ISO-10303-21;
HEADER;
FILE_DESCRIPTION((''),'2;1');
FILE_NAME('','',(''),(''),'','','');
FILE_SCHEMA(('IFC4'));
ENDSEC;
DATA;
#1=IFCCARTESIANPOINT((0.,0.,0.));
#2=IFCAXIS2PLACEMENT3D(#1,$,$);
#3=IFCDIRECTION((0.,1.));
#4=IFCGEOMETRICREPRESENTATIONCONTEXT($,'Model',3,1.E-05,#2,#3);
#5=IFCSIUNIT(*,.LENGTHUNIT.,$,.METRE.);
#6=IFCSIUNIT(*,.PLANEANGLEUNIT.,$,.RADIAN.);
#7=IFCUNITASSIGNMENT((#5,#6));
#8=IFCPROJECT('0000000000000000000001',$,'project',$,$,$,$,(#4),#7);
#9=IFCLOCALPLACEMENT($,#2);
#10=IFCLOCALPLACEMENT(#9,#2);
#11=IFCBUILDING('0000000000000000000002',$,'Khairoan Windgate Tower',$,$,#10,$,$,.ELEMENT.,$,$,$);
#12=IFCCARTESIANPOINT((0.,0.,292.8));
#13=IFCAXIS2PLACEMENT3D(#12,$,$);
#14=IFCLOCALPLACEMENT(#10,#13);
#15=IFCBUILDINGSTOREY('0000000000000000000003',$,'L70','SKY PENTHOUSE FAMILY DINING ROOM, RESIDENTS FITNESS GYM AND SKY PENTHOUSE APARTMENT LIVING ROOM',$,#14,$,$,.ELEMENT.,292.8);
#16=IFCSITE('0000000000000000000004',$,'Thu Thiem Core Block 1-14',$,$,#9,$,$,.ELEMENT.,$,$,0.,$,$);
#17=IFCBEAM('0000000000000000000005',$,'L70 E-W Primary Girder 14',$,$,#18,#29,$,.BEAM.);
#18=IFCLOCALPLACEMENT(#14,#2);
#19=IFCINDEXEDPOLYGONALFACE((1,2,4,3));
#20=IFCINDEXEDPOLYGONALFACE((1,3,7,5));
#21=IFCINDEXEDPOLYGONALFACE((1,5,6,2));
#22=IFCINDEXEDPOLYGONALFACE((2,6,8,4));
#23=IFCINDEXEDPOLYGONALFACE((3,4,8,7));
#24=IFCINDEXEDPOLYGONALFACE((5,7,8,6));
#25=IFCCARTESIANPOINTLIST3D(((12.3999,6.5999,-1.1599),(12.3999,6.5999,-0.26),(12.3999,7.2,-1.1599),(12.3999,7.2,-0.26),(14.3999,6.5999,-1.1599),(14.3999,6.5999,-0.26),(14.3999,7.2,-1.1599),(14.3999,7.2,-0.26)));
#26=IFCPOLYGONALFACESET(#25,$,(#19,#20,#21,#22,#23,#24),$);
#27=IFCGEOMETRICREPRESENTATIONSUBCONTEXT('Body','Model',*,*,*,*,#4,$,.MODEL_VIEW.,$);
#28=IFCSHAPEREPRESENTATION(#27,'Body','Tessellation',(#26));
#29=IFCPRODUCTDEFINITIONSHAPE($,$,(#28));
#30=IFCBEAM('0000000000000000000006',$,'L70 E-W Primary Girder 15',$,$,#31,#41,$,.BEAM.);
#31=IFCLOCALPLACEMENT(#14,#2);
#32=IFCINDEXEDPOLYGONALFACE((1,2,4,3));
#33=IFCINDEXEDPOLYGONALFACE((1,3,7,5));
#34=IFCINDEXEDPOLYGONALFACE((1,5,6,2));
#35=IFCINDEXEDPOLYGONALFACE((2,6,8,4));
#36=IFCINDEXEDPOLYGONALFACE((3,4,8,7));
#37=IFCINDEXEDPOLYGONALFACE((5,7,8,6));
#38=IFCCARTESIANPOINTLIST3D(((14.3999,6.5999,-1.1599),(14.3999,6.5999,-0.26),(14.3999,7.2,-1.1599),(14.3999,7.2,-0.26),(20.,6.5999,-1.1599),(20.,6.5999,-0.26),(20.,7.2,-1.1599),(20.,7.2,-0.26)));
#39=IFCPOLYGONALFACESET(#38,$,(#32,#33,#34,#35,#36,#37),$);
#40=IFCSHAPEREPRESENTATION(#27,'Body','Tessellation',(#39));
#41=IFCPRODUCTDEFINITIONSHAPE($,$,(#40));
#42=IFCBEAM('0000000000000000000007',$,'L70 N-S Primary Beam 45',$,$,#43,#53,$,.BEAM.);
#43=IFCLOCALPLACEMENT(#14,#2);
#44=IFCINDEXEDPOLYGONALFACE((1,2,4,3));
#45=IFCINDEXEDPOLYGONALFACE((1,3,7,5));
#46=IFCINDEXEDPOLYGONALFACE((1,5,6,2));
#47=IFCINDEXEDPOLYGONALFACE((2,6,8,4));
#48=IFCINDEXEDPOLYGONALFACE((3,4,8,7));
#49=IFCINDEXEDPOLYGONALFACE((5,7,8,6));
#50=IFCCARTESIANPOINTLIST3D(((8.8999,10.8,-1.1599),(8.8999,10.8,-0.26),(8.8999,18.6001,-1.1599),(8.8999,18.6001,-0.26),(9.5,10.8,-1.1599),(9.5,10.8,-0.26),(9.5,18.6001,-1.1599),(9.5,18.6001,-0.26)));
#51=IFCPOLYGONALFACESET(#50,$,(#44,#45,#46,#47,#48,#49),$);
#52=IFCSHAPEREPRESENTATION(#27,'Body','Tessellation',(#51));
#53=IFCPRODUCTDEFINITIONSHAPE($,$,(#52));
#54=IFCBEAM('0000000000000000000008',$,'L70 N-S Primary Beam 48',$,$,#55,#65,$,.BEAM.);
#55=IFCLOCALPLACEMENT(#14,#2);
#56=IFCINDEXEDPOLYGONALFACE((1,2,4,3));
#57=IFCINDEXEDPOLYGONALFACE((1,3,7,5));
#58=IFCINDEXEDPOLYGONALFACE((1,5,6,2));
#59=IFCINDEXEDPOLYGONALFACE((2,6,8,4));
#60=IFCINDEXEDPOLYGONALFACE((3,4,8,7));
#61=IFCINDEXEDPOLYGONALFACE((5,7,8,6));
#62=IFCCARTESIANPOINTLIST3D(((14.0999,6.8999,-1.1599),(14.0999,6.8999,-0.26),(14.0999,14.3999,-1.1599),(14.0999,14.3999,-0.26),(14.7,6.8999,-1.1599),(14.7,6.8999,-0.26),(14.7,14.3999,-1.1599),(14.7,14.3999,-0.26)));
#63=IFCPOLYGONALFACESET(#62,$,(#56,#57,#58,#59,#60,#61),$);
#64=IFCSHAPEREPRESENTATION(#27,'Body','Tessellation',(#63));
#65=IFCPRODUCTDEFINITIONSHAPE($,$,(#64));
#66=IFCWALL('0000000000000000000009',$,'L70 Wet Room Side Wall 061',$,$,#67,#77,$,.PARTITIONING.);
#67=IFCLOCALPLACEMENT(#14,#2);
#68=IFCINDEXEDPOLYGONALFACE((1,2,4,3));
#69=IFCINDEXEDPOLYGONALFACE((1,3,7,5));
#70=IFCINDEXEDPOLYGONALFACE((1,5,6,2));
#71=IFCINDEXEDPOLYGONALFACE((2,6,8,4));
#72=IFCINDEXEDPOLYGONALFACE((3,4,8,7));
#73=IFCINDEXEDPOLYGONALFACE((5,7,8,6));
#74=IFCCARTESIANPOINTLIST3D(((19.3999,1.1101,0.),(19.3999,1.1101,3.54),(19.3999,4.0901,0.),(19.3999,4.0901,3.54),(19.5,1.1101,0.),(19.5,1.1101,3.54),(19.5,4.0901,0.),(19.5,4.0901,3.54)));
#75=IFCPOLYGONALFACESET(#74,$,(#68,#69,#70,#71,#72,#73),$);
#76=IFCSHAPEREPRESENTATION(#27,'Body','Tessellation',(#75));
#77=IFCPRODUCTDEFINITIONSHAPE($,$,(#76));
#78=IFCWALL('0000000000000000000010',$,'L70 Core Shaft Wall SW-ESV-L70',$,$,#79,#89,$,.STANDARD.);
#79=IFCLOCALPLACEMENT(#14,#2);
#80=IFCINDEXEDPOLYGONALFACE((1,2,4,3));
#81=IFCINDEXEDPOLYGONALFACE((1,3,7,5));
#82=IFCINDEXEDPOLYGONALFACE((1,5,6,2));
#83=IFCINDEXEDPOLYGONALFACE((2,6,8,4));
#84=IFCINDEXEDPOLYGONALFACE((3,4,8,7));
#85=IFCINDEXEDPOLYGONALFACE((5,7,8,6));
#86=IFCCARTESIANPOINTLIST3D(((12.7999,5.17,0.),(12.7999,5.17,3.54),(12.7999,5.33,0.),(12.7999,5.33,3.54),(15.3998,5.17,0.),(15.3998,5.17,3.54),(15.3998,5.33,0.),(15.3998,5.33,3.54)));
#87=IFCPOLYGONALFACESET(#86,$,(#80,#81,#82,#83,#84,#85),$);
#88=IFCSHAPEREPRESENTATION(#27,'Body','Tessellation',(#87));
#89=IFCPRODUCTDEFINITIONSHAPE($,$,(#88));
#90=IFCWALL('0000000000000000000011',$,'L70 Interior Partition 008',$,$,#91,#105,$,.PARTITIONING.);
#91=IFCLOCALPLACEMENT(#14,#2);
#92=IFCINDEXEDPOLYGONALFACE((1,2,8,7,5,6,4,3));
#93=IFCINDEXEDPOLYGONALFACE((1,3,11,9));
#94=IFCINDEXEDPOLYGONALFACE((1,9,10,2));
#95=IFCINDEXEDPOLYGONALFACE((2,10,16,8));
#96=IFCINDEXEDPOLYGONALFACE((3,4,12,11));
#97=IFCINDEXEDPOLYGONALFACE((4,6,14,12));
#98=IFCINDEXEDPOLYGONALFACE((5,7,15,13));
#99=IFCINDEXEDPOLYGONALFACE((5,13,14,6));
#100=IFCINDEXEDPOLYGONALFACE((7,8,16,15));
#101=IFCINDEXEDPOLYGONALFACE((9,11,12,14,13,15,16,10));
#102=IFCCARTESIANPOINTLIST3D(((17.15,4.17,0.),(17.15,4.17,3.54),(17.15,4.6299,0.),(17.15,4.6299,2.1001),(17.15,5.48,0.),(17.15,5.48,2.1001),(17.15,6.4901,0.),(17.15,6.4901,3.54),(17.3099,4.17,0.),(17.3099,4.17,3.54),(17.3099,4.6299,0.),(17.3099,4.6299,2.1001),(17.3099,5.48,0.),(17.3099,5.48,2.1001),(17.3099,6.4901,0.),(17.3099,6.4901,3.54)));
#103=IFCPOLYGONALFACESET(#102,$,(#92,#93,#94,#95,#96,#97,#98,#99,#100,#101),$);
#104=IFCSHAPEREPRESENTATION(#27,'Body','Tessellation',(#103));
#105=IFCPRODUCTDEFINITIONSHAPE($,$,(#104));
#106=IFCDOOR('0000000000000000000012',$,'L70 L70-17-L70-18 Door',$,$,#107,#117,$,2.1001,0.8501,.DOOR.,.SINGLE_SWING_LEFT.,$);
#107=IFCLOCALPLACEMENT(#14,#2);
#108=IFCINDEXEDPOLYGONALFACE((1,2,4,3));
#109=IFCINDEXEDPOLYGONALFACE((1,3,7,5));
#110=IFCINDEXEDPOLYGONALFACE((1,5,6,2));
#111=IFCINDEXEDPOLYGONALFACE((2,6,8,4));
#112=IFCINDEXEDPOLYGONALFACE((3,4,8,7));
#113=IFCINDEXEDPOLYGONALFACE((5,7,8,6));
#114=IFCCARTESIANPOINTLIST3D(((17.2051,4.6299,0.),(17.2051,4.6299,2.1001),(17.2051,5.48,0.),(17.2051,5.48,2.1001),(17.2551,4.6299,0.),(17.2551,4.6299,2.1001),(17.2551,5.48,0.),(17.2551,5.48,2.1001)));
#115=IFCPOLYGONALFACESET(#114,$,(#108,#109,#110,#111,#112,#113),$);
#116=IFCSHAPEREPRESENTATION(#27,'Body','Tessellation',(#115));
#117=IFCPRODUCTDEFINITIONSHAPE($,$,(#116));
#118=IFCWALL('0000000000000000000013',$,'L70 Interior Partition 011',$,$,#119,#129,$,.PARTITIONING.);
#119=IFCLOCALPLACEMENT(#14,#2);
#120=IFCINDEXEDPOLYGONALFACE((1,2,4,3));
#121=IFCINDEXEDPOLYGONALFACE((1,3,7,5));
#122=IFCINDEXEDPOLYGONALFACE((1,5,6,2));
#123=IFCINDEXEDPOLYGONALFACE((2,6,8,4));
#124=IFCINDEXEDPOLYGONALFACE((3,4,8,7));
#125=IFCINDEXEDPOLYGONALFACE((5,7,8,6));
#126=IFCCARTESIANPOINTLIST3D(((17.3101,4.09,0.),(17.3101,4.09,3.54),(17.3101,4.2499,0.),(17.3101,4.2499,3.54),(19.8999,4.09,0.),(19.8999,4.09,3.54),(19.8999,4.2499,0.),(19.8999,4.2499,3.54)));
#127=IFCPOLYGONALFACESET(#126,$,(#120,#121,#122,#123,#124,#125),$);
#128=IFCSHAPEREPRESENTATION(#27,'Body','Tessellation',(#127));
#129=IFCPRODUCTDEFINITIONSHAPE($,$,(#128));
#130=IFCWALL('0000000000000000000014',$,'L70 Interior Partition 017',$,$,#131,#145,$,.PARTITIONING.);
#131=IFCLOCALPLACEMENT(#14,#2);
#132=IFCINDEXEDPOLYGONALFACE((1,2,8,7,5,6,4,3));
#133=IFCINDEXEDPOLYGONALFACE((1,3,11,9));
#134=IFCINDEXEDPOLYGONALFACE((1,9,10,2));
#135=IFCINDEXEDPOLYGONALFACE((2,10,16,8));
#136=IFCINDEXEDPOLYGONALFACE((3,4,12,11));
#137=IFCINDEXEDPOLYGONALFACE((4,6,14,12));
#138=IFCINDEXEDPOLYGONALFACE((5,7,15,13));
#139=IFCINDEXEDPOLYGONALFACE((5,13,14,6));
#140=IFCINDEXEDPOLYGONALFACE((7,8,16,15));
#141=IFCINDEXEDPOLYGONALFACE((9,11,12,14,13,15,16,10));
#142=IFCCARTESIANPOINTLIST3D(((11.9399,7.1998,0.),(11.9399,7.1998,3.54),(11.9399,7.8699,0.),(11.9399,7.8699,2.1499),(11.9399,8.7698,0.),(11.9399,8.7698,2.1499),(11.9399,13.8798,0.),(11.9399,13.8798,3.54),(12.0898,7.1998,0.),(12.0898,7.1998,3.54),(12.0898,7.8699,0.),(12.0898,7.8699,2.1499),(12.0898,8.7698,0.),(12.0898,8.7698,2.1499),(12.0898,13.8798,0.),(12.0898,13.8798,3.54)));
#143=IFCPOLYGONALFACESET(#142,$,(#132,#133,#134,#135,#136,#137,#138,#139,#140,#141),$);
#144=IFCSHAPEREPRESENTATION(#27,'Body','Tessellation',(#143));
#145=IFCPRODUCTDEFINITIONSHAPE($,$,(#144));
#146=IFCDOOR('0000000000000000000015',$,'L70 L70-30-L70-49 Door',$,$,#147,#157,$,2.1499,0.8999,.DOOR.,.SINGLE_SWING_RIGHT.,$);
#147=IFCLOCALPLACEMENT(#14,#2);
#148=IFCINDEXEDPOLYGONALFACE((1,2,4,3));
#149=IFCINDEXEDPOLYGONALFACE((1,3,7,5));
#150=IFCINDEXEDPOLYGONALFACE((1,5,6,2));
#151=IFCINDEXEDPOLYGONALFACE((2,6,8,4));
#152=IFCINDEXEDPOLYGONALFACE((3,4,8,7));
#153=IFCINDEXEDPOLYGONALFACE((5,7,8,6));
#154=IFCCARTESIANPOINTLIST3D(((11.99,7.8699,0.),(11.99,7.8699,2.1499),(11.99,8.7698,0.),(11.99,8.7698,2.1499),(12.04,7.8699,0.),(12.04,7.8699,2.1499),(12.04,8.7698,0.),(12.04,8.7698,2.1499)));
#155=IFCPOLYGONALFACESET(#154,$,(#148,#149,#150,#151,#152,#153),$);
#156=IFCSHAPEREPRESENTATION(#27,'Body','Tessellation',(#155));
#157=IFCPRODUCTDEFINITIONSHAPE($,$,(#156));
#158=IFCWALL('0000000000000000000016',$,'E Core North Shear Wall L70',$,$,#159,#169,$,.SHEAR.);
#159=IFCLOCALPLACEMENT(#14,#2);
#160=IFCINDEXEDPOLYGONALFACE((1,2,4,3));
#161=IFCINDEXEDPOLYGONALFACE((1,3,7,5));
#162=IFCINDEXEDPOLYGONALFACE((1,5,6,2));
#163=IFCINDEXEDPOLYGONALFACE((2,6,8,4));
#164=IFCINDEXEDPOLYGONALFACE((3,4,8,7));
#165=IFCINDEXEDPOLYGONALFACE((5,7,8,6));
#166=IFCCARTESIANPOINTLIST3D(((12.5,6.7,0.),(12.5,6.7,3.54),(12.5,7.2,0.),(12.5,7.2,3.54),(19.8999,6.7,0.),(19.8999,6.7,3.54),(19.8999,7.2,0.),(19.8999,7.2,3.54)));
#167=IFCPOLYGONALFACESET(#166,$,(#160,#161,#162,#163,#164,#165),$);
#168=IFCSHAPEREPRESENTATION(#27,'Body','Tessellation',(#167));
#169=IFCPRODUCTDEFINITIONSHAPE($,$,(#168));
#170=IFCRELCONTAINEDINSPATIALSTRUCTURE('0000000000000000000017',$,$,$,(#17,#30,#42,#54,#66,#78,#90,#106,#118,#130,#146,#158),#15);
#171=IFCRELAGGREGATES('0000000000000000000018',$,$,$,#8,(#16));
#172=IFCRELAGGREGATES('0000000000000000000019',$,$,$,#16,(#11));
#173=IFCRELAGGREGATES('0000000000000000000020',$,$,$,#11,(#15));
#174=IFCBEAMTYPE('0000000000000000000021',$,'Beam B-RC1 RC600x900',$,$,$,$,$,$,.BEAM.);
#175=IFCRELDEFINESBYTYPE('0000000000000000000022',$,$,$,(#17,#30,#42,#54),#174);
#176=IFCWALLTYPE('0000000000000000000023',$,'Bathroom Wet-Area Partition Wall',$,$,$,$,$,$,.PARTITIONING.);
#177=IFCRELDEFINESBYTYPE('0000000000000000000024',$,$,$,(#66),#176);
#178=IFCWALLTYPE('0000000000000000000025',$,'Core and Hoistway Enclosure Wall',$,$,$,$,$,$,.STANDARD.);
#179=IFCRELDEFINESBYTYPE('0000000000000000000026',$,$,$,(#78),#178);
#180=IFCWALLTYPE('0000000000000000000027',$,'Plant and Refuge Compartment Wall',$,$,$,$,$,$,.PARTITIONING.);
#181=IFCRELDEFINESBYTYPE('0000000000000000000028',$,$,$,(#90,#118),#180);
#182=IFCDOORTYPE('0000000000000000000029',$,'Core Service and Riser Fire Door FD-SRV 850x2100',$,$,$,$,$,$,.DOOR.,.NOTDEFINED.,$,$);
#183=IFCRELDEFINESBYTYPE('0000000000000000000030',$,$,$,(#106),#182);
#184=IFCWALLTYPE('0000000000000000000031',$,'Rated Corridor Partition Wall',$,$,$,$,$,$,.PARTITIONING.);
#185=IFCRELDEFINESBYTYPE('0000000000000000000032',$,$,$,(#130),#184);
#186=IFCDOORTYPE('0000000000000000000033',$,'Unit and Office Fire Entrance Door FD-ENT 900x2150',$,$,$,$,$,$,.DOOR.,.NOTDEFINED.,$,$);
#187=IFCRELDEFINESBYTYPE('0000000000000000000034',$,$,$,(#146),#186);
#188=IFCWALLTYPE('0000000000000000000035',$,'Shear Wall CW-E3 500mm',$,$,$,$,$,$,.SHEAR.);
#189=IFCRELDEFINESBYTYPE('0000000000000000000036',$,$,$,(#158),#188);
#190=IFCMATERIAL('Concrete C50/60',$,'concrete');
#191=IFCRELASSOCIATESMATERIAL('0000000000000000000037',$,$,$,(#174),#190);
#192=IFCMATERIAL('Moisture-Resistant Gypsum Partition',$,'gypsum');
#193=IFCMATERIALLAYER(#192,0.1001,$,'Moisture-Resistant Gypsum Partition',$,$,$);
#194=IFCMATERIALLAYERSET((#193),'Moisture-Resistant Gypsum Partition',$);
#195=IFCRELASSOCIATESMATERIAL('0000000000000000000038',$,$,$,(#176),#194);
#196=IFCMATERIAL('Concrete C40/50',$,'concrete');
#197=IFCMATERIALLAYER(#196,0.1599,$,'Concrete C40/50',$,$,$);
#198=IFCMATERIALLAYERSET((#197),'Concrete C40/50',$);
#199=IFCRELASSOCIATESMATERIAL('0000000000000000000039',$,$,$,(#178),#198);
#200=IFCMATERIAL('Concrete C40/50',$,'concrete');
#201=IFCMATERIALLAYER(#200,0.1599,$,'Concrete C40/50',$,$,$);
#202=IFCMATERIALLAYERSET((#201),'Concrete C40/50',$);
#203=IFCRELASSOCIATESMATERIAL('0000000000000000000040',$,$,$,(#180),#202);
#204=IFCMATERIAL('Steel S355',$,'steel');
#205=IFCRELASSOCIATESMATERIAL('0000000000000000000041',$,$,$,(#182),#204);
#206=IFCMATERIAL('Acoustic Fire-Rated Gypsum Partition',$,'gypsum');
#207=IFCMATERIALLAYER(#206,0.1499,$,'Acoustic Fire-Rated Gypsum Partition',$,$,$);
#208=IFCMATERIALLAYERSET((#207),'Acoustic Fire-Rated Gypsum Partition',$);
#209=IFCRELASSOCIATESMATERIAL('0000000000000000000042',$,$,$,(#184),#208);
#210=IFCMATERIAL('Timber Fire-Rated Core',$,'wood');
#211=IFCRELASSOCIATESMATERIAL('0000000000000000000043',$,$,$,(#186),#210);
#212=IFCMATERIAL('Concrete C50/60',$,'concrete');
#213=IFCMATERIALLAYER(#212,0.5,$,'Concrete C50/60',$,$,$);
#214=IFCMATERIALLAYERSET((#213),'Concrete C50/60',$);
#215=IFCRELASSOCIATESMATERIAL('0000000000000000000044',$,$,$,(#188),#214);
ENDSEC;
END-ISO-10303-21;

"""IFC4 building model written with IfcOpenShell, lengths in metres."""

from ifc_helpers import new_model, si_unit, direction, frame, frame_2d, origin, origin_2d, place, context, subcontext, project, spatial, rectangle, extrude, material, layer, layer_set, material_profile, profile_set, type_object, element, fill, save


model = new_model("IFC4")

# Units and contexts
model_context = context("Model", 3, precision=1e-05, world=origin(), true_north=direction((0.0, 1.0)))
body_context = subcontext(model_context, "Body", "Model", "MODEL_VIEW")
ifc_project = project(units=[si_unit("LENGTHUNIT", "METRE"), si_unit("PLANEANGLEUNIT", "RADIAN")], contexts=[model_context])

# Site, building, storey
site_placement = place(None, origin())
site = spatial("IfcSite", under=ifc_project, at=site_placement, Name="Thu Thiem Core Block 1-14", CompositionType="ELEMENT", RefElevation=0.0)
building_placement = place(site_placement, origin())
building = spatial("IfcBuilding", under=site, at=building_placement, Name="Khairoan Windgate Tower", CompositionType="ELEMENT")
storey_placement = place(building_placement, frame((0.0, 0.0, 292.8)))
storey = spatial("IfcBuildingStorey", under=building, at=storey_placement, Name="L70", Description="SKY PENTHOUSE FAMILY DINING ROOM, RESIDENTS FITNESS GYM AND SKY PENTHOUSE APARTMENT LIVING ROOM", CompositionType="ELEMENT", Elevation=292.8)

# Beams
ifc_material_1 = material(Name="Concrete C50/60", Category="concrete")
ifc_material_profile_1 = material_profile(ifc_material_1, rectangle(XDim=0.6001, YDim=0.8999, at=origin_2d()))
ifc_profile_set_1 = profile_set([ifc_material_profile_1], Name="Concrete C50/60")
beam_type = type_object("IfcBeamType", Name="Beam B-RC1 RC600x900", PredefinedType="BEAM", material=ifc_profile_set_1)
beam_1_placement = place(storey_placement, frame((12.3999, 6.8999, -0.71), z_axis=(1.0, 0.0, 0.0), x_axis=(0.0, 1.0, 0.0)))
element("IfcBeam", 1, at=beam_1_placement, inside=storey, type_object=beam_type, Name="L70 E-W Primary Girder 14", PredefinedType="BEAM", context=body_context, shape_type="SweptSolid", body=[
    extrude(rectangle(XDim=0.6001, YDim=0.8999, at=origin_2d()), origin(), (0.0, 0.0, 1.0), 2.0),
])
beam_2_placement = place(storey_placement, frame((14.3999, 6.8999, -0.71), z_axis=(1.0, 0.0, 0.0), x_axis=(0.0, 1.0, 0.0)))
element("IfcBeam", 2, at=beam_2_placement, inside=storey, type_object=beam_type, Name="L70 E-W Primary Girder 15", PredefinedType="BEAM", context=body_context, shape_type="SweptSolid", body=[
    extrude(rectangle(XDim=0.6001, YDim=0.8999, at=origin_2d()), origin(), (0.0, 0.0, 1.0), 5.6001),
])
beam_3_placement = place(storey_placement, frame((9.2, 10.8, -0.71), z_axis=(0.0, 1.0, 0.0), x_axis=(-1.0, 0.0, 0.0)))
element("IfcBeam", 3, at=beam_3_placement, inside=storey, type_object=beam_type, Name="L70 N-S Primary Beam 45", PredefinedType="BEAM", context=body_context, shape_type="SweptSolid", body=[
    extrude(rectangle(XDim=0.6001, YDim=0.8999, at=origin_2d()), origin(), (0.0, 0.0, 1.0), 7.8),
])
beam_4_placement = place(storey_placement, frame((14.3999, 6.8999, -0.71), z_axis=(0.0, 1.0, 0.0), x_axis=(-1.0, 0.0, 0.0)))
element("IfcBeam", 4, at=beam_4_placement, inside=storey, type_object=beam_type, Name="L70 N-S Primary Beam 48", PredefinedType="BEAM", context=body_context, shape_type="SweptSolid", body=[
    extrude(rectangle(XDim=0.6001, YDim=0.8999, at=origin_2d()), origin(), (0.0, 0.0, 1.0), 7.5),
])

# Walls
ifc_material_2 = material(Name="Moisture-Resistant Gypsum Partition", Category="gypsum")
ifc_layer_1 = layer(ifc_material_2, 0.1001, Name="Moisture-Resistant Gypsum Partition")
ifc_layer_set_1 = layer_set([ifc_layer_1], Name="Moisture-Resistant Gypsum Partition")
wall_type_1 = type_object("IfcWallType", Name="Bathroom Wet-Area Partition Wall", PredefinedType="PARTITIONING", material=ifc_layer_set_1)
wall_1_placement = place(storey_placement, frame((19.45, 4.0901, 0.0), z_axis=(0.0, 0.0, 1.0), x_axis=(0.0, -1.0, 0.0)))
element("IfcWall", 5, at=wall_1_placement, inside=storey, type_object=wall_type_1, Name="L70 Wet Room Side Wall 061", PredefinedType="PARTITIONING", context=body_context, shape_type="SweptSolid", body=[
    extrude(rectangle(XDim=2.98, YDim=0.1001, at=frame_2d((1.49, 0.0))), origin(), (0.0, 0.0, 1.0), 3.54),
])
ifc_material_3 = material(Name="Concrete C40/50", Category="concrete")
ifc_layer_2 = layer(ifc_material_3, 0.1599, Name="Concrete C40/50")
ifc_layer_set_2 = layer_set([ifc_layer_2], Name="Concrete C40/50")
wall_type_2 = type_object("IfcWallType", Name="Core and Hoistway Enclosure Wall", PredefinedType="STANDARD", material=ifc_layer_set_2)
wall_2_placement = place(storey_placement, frame((12.8, 5.25, 0.0), z_axis=(0.0, 0.0, 1.0), x_axis=(1.0, 0.0, 0.0)))
element("IfcWall", 6, at=wall_2_placement, inside=storey, type_object=wall_type_2, Name="L70 Core Shaft Wall SW-ESV-L70", PredefinedType="STANDARD", context=body_context, shape_type="SweptSolid", body=[
    extrude(rectangle(XDim=2.5999, YDim=0.1599, at=frame_2d((1.2998, 0.0))), origin(), (0.0, 0.0, 1.0), 3.54),
])

# Wall, opening, door
ifc_material_4 = material(Name="Concrete C40/50", Category="concrete")
ifc_layer_3 = layer(ifc_material_4, 0.1599, Name="Concrete C40/50")
ifc_layer_set_3 = layer_set([ifc_layer_3], Name="Concrete C40/50")
wall_type_3 = type_object("IfcWallType", Name="Plant and Refuge Compartment Wall", PredefinedType="PARTITIONING", material=ifc_layer_set_3)
wall_3_placement = place(storey_placement, frame((17.23, 4.1699, 0.0), z_axis=(0.0, 0.0, 1.0), x_axis=(0.0, 1.0, 0.0)))
wall_3 = element("IfcWall", 7, at=wall_3_placement, inside=storey, type_object=wall_type_3, Name="L70 Interior Partition 008", PredefinedType="PARTITIONING", context=body_context, shape_type="SweptSolid", body=[
    extrude(rectangle(XDim=2.3201, YDim=0.1599, at=frame_2d((1.1602, 0.0))), origin(), (0.0, 0.0, 1.0), 3.54),
])
opening_1_placement = place(wall_3_placement, frame((0.46, 0.0, 0.0)))
opening_1 = element("IfcOpeningElement", 8, at=opening_1_placement, cuts=wall_3, PredefinedType="OPENING", context=body_context, shape_type="SweptSolid", body=[
    extrude(rectangle(XDim=0.8501, YDim=2.1001, at=frame_2d((0.425, 1.05))), frame((0.0, 0.0898, 0.0), z_axis=(0.0, -1.0, 0.0), x_axis=(1.0, 0.0, 0.0)), (0.0, 0.0, 1.0), 0.1799),
])
ifc_material_5 = material(Name="Steel S355", Category="steel")
door_type_1 = type_object("IfcDoorType", Name="Core Service and Riser Fire Door FD-SRV 850x2100", OperationType="NOTDEFINED", PredefinedType="DOOR", material=ifc_material_5)
door_1_placement = place(opening_1_placement, origin())
door_1 = element("IfcDoor", 9, at=door_1_placement, inside=storey, type_object=door_type_1, Name="L70 L70-17-L70-18 Door", OperationType="SINGLE_SWING_LEFT", OverallHeight=2.1001, OverallWidth=0.8501, PredefinedType="DOOR", context=body_context, shape_type="SweptSolid", body=[
    extrude(rectangle(XDim=0.8501, YDim=2.1001, at=frame_2d((0.425, 1.05))), frame((0.0, 0.0249, 0.0), z_axis=(0.0, -1.0, 0.0), x_axis=(1.0, 0.0, 0.0)), (0.0, 0.0, 1.0), 0.05),
])
fill(opening_1, door_1)

# Wall
wall_4_placement = place(storey_placement, frame((17.3101, 4.1699, 0.0), z_axis=(0.0, 0.0, 1.0), x_axis=(1.0, 0.0, 0.0)))
element("IfcWall", 10, at=wall_4_placement, inside=storey, type_object=wall_type_3, Name="L70 Interior Partition 011", PredefinedType="PARTITIONING", context=body_context, shape_type="SweptSolid", body=[
    extrude(rectangle(XDim=2.5898, YDim=0.1599, at=frame_2d((1.2949, 0.0))), origin(), (0.0, 0.0, 1.0), 3.54),
])

# Wall, opening, door
ifc_material_6 = material(Name="Acoustic Fire-Rated Gypsum Partition", Category="gypsum")
ifc_layer_4 = layer(ifc_material_6, 0.1499, Name="Acoustic Fire-Rated Gypsum Partition")
ifc_layer_set_4 = layer_set([ifc_layer_4], Name="Acoustic Fire-Rated Gypsum Partition")
wall_type_4 = type_object("IfcWallType", Name="Rated Corridor Partition Wall", PredefinedType="PARTITIONING", material=ifc_layer_set_4)
wall_5_placement = place(storey_placement, frame((12.0149, 7.2, 0.0), z_axis=(0.0, 0.0, 1.0), x_axis=(0.0, 1.0, 0.0)))
wall_5 = element("IfcWall", 11, at=wall_5_placement, inside=storey, type_object=wall_type_4, Name="L70 Interior Partition 017", PredefinedType="PARTITIONING", context=body_context, shape_type="SweptSolid", body=[
    extrude(rectangle(XDim=6.6799, YDim=0.1499, at=frame_2d((3.3398, 0.0))), origin(), (0.0, 0.0, 1.0), 3.54),
])
opening_2_placement = place(wall_5_placement, frame((0.6699, 0.0, 0.0)))
opening_2 = element("IfcOpeningElement", 12, at=opening_2_placement, cuts=wall_5, PredefinedType="OPENING", context=body_context, shape_type="SweptSolid", body=[
    extrude(rectangle(XDim=0.8999, YDim=2.1499, at=frame_2d((0.45, 1.075))), frame((0.0, 0.085, 0.0), z_axis=(0.0, -1.0, 0.0), x_axis=(1.0, 0.0, 0.0)), (0.0, 0.0, 1.0), 0.1699),
])
ifc_material_7 = material(Name="Timber Fire-Rated Core", Category="wood")
door_type_2 = type_object("IfcDoorType", Name="Unit and Office Fire Entrance Door FD-ENT 900x2150", OperationType="NOTDEFINED", PredefinedType="DOOR", material=ifc_material_7)
door_2_placement = place(opening_2_placement, origin())
door_2 = element("IfcDoor", 13, at=door_2_placement, inside=storey, type_object=door_type_2, Name="L70 L70-30-L70-49 Door", OperationType="SINGLE_SWING_RIGHT", OverallHeight=2.1499, OverallWidth=0.8999, PredefinedType="DOOR", context=body_context, shape_type="SweptSolid", body=[
    extrude(rectangle(XDim=0.8999, YDim=2.1499, at=frame_2d((0.45, 1.075))), frame((0.0, 0.0249, 0.0), z_axis=(0.0, -1.0, 0.0), x_axis=(1.0, 0.0, 0.0)), (0.0, 0.0, 1.0), 0.05),
])
fill(opening_2, door_2)

# Wall
ifc_material_8 = material(Name="Concrete C50/60", Category="concrete")
ifc_layer_5 = layer(ifc_material_8, 0.5, Name="Concrete C50/60")
ifc_layer_set_5 = layer_set([ifc_layer_5], Name="Concrete C50/60")
wall_type_5 = type_object("IfcWallType", Name="Shear Wall CW-E3 500mm", PredefinedType="SHEAR", material=ifc_layer_set_5)
wall_6_placement = place(storey_placement, frame((12.5, 6.95, 0.0), z_axis=(0.0, 0.0, 1.0), x_axis=(1.0, 0.0, 0.0)))
element("IfcWall", 14, at=wall_6_placement, inside=storey, type_object=wall_type_5, Name="E Core North Shear Wall L70", PredefinedType="SHEAR", context=body_context, shape_type="SweptSolid", body=[
    extrude(rectangle(XDim=7.3999, YDim=0.5, at=frame_2d((3.7, 0.0))), origin(), (0.0, 0.0, 1.0), 3.54),
])

save(model, "model.ifc")
